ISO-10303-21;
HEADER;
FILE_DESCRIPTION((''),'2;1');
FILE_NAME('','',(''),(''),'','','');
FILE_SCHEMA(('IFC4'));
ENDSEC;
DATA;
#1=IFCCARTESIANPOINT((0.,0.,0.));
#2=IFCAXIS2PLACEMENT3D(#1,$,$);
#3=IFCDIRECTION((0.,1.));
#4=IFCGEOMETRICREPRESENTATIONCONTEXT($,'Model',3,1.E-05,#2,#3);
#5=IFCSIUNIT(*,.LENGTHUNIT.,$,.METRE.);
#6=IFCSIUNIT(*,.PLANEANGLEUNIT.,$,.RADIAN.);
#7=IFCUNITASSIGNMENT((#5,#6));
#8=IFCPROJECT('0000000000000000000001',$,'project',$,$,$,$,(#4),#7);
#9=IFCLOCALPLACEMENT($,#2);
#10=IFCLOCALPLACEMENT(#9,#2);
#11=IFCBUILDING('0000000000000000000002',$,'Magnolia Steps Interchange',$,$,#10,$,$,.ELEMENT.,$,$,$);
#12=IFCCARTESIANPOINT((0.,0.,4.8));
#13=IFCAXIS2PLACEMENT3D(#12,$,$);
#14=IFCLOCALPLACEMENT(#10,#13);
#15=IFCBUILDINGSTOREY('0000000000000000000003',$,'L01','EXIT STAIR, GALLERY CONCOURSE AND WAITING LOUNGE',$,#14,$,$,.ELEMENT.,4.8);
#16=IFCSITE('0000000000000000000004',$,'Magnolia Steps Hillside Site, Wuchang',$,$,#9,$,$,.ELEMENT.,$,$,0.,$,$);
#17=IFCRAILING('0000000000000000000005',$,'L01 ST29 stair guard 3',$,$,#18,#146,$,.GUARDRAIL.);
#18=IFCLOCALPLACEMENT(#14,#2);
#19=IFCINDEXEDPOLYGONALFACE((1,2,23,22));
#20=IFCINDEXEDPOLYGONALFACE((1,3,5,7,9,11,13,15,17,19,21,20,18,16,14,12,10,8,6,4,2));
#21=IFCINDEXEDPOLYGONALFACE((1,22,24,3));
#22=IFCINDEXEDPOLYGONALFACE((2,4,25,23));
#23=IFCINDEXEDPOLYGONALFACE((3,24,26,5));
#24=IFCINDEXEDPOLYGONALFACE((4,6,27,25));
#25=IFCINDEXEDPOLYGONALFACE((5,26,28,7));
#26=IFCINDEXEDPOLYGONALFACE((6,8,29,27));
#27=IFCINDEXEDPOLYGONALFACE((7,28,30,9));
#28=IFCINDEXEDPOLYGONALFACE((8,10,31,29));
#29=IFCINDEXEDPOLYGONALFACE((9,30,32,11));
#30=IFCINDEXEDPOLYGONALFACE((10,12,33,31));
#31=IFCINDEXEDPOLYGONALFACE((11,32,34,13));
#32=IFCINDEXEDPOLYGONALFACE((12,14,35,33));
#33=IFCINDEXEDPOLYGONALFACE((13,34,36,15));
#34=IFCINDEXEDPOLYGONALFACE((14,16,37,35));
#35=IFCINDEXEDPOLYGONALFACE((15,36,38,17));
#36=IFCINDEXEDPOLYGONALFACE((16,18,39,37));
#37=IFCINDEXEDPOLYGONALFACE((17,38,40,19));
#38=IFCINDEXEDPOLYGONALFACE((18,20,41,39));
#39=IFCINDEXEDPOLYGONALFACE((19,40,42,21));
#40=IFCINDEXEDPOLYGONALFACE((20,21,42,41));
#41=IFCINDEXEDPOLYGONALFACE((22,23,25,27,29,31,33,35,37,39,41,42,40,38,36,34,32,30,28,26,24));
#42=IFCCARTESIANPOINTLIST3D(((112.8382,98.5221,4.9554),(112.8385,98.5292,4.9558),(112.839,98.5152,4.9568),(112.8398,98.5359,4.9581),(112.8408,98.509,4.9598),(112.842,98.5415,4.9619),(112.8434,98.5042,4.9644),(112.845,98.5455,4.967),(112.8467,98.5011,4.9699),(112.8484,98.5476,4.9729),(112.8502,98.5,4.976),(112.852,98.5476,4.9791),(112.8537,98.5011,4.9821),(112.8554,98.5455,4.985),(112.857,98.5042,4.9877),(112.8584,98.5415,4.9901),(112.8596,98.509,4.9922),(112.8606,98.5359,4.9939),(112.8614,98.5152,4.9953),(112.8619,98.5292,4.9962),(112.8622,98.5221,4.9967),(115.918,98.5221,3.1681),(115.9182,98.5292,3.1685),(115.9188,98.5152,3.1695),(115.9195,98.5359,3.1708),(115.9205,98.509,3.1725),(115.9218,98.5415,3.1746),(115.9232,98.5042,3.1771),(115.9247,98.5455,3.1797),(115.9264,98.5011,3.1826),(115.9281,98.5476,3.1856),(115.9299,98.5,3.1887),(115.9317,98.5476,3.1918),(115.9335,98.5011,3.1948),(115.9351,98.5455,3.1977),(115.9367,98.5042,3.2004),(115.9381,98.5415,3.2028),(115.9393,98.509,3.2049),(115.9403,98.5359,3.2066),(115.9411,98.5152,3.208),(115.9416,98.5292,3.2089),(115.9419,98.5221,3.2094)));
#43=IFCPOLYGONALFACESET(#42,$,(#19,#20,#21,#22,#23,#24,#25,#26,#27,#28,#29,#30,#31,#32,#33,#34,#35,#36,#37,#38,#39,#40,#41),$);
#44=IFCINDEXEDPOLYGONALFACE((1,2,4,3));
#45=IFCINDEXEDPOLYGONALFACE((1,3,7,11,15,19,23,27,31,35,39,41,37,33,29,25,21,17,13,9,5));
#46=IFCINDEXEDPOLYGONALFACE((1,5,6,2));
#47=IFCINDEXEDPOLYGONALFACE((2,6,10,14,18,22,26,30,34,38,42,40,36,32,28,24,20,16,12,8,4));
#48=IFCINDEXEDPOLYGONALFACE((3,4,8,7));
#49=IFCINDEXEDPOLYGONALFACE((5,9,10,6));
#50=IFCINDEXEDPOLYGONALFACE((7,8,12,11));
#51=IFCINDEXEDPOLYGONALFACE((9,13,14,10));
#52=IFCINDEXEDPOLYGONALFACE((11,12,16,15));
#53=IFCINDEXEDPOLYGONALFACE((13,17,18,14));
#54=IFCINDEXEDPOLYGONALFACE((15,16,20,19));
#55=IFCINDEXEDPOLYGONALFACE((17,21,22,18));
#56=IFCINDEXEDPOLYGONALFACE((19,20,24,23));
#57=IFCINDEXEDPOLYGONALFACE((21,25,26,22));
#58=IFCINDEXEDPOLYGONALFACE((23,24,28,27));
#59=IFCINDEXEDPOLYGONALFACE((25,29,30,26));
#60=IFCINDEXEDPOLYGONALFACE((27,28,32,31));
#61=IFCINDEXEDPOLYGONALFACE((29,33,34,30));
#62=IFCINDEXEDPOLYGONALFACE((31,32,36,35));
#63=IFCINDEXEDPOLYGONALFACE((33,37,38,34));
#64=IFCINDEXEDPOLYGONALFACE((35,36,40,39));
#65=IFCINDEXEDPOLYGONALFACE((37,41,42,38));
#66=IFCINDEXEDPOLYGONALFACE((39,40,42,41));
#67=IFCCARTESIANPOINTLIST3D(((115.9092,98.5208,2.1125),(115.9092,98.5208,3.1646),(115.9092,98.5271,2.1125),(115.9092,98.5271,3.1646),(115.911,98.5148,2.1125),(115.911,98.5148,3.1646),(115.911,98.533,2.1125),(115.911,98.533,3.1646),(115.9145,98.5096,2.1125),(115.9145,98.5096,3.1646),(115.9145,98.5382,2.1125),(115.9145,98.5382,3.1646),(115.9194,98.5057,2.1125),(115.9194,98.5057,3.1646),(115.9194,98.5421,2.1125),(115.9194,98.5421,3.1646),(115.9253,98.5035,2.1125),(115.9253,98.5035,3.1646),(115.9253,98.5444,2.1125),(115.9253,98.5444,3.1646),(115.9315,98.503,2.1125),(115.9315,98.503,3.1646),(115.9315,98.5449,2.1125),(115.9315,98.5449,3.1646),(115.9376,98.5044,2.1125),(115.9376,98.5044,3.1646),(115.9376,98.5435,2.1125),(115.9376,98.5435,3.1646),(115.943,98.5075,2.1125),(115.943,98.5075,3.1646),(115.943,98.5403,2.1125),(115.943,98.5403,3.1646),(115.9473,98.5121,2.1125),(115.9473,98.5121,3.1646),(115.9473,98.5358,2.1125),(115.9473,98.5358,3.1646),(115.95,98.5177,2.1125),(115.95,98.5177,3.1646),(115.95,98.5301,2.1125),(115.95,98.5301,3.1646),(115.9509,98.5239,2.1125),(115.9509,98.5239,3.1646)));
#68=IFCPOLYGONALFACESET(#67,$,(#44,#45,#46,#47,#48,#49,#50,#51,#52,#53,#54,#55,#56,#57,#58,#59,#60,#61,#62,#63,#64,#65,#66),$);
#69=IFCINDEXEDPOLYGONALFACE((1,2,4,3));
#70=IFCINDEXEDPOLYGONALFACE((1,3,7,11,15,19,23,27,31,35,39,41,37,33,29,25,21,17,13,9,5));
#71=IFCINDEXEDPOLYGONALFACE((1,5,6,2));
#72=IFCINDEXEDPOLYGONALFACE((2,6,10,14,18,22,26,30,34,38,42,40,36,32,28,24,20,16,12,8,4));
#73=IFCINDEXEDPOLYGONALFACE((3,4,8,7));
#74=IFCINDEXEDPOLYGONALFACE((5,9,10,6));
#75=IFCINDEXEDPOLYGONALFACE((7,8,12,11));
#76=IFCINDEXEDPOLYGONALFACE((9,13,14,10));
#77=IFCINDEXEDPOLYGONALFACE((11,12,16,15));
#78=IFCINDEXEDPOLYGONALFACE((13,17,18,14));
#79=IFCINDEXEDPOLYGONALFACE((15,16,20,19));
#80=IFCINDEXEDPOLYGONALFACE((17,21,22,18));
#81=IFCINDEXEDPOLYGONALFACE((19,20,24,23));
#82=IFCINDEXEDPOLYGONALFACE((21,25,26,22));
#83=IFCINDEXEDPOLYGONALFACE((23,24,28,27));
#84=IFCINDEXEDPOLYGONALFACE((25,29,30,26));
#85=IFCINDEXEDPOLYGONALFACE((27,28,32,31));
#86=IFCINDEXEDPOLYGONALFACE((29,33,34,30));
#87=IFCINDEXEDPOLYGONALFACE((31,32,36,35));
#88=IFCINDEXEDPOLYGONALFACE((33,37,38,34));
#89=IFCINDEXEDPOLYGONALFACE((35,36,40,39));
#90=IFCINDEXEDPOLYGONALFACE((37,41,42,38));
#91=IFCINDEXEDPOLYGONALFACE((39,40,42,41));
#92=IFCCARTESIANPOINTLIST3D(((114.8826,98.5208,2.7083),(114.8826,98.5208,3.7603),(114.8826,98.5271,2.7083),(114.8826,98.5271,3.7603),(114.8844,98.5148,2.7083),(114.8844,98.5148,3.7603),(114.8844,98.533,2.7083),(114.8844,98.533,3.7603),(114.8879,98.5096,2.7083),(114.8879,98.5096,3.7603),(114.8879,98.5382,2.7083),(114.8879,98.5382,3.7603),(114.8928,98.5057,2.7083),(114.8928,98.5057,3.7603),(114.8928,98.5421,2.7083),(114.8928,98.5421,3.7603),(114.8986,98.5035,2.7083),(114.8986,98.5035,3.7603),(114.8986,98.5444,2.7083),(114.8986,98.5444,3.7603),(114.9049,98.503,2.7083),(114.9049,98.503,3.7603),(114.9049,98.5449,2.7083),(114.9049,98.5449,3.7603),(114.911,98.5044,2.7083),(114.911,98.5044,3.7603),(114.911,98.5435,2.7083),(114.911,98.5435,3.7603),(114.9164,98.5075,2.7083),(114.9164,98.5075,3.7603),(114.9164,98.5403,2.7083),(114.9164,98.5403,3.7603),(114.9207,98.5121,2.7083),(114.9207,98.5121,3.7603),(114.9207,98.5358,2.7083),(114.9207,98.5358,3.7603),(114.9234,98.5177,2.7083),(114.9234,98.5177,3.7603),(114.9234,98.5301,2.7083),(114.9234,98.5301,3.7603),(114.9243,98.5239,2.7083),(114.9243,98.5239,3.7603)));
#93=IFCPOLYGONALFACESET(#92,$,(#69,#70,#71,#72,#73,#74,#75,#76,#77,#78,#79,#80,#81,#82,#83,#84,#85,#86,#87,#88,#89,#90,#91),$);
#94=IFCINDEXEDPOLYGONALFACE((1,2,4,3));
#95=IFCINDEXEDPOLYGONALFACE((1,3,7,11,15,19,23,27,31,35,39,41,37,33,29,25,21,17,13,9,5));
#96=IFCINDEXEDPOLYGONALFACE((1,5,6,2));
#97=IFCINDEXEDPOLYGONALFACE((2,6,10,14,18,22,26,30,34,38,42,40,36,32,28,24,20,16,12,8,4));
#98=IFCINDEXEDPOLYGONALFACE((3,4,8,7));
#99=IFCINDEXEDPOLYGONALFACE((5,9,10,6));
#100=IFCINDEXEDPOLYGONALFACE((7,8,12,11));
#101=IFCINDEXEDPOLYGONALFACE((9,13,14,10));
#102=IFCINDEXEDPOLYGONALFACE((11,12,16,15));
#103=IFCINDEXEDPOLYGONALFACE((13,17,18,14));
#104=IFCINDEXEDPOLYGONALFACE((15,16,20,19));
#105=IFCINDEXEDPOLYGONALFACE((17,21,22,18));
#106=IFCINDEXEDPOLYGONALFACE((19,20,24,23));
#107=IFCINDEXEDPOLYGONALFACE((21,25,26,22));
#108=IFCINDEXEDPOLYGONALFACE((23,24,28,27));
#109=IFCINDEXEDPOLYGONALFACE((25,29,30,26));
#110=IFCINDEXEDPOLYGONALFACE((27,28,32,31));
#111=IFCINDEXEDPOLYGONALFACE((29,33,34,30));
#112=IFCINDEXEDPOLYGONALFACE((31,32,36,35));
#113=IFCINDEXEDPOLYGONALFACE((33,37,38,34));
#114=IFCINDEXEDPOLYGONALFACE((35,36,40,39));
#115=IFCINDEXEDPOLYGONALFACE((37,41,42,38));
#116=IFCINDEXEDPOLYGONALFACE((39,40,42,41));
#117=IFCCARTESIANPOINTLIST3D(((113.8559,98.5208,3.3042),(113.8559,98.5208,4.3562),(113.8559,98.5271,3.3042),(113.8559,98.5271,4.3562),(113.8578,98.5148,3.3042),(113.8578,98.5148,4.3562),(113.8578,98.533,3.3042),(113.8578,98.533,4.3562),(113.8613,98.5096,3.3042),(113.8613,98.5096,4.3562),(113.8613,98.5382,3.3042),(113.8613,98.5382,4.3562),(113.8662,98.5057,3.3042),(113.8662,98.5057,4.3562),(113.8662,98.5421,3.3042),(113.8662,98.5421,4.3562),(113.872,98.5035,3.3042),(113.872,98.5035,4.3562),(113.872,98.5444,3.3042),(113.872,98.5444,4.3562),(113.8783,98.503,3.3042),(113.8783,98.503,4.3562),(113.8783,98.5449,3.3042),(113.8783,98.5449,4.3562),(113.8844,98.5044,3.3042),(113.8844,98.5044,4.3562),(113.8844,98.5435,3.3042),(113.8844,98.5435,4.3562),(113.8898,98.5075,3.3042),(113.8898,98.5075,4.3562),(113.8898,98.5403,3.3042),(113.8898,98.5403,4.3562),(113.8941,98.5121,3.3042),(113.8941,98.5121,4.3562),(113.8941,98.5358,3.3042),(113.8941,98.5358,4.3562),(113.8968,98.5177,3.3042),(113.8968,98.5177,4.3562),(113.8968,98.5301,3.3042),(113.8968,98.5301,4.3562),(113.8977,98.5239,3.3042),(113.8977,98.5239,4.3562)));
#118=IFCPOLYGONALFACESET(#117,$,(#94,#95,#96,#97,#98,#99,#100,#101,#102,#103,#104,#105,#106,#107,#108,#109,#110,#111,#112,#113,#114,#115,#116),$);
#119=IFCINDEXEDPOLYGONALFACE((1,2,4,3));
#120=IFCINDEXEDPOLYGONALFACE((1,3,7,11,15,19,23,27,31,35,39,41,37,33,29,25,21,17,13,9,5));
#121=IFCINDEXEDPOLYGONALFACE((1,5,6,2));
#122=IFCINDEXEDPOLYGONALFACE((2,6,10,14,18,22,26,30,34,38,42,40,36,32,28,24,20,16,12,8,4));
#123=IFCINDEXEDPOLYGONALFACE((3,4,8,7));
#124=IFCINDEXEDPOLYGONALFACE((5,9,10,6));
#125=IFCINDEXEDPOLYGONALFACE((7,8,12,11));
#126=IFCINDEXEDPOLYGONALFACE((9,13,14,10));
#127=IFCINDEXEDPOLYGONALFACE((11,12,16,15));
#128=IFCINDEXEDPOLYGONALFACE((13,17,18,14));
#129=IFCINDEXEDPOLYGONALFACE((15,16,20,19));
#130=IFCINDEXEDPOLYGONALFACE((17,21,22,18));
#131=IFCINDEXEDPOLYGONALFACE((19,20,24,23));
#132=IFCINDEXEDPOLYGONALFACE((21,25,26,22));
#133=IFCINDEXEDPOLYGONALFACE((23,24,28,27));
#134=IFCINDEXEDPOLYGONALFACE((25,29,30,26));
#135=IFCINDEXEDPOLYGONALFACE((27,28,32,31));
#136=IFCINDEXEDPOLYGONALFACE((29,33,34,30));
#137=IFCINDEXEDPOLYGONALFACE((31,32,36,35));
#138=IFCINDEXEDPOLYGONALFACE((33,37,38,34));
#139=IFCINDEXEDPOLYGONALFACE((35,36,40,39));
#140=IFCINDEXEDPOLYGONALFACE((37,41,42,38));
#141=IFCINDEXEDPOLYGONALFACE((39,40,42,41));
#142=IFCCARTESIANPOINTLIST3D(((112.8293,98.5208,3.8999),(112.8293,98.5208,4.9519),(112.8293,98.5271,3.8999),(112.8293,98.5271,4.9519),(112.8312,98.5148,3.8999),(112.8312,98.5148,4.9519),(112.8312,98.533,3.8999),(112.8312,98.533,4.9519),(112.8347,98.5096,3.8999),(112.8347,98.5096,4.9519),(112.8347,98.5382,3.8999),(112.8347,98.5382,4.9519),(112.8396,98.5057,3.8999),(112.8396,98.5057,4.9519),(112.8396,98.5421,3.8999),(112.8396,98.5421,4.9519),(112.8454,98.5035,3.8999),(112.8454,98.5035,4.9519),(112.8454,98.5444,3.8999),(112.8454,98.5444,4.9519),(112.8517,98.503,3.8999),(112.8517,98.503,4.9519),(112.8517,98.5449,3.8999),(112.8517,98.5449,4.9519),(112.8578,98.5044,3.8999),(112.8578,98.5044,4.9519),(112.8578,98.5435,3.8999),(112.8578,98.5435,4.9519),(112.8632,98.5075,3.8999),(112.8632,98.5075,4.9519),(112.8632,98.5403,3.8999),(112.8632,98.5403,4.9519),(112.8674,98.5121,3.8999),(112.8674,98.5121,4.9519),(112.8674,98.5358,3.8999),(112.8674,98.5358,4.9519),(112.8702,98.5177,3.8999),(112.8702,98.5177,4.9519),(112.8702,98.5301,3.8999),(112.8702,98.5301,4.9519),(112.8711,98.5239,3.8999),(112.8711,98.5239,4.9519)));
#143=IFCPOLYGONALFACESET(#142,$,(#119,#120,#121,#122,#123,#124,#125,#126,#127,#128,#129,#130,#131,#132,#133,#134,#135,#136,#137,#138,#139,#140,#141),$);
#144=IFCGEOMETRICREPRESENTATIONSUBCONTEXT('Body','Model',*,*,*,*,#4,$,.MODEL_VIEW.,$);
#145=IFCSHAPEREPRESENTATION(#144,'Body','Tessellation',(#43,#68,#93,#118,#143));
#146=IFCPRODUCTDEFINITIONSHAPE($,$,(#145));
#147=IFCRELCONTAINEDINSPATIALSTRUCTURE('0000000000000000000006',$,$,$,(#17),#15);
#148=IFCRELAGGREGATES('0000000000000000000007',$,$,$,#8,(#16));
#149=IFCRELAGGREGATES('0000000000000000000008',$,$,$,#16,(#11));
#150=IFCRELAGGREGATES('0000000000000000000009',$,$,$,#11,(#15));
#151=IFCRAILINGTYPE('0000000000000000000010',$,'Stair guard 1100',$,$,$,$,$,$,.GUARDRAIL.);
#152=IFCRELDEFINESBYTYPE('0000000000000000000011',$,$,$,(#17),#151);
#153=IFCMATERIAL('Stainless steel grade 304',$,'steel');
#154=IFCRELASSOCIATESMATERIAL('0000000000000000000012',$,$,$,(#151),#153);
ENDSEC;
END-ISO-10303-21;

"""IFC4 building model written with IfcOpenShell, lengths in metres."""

from ifc_helpers import new_model, si_unit, direction, frame, origin, origin_2d, place, context, subcontext, project, spatial, circle, extrude, material, type_object, element, save


model = new_model("IFC4")

# Units and contexts
model_context = context("Model", 3, precision=1e-05, world=origin(), true_north=direction((0.0, 1.0)))
body_context = subcontext(model_context, "Body", "Model", "MODEL_VIEW")
ifc_project = project(units=[si_unit("LENGTHUNIT", "METRE"), si_unit("PLANEANGLEUNIT", "RADIAN")], contexts=[model_context])

# Site, building, storey
site_placement = place(None, origin())
site = spatial("IfcSite", under=ifc_project, at=site_placement, Name="Magnolia Steps Hillside Site, Wuchang", CompositionType="ELEMENT", RefElevation=0.0)
building_placement = place(site_placement, origin())
building = spatial("IfcBuilding", under=site, at=building_placement, Name="Magnolia Steps Interchange", CompositionType="ELEMENT")
storey_placement = place(building_placement, frame((0.0, 0.0, 4.8)))
storey = spatial("IfcBuildingStorey", under=building, at=storey_placement, Name="L01", Description="EXIT STAIR, GALLERY CONCOURSE AND WAITING LOUNGE", CompositionType="ELEMENT", Elevation=4.8)

# Railing
ifc_material_1 = material(Name="Stainless steel grade 304", Category="steel")
railing_type_1 = type_object("IfcRailingType", Name="Stair guard 1100", PredefinedType="GUARDRAIL", material=ifc_material_1)
railing_1_placement = place(storey_placement, frame((115.9299, 98.5239, 2.1125)))
element("IfcRailing", 1, at=railing_1_placement, inside=storey, type_object=railing_type_1, Name="L01 ST29 stair guard 3", PredefinedType="GUARDRAIL", context=body_context, shape_type="SweptSolid", body=[
    extrude(circle(Radius=0.0239, at=origin_2d()), frame((0.0, 0.0, 1.0762), z_axis=(-0.864903, 0.0, 0.501939), x_axis=(0.0, -1.0, 0.0)), (0.0, 0.0, 1.0), 3.5608),
    extrude(circle(Radius=0.021, at=origin_2d()), origin(), (0.0, 0.0, 1.0), 1.052),
    extrude(circle(Radius=0.021, at=origin_2d()), frame((-1.0266, 0.0, 0.5957)), (0.0, 0.0, 1.0), 1.052),
    extrude(circle(Radius=0.021, at=origin_2d()), frame((-2.0532, 0.0, 1.1917)), (0.0, 0.0, 1.0), 1.052),
    extrude(circle(Radius=0.021, at=origin_2d()), frame((-3.0798, 0.0, 1.7874)), (0.0, 0.0, 1.0), 1.052),
])

save(model, "model.ifc")
